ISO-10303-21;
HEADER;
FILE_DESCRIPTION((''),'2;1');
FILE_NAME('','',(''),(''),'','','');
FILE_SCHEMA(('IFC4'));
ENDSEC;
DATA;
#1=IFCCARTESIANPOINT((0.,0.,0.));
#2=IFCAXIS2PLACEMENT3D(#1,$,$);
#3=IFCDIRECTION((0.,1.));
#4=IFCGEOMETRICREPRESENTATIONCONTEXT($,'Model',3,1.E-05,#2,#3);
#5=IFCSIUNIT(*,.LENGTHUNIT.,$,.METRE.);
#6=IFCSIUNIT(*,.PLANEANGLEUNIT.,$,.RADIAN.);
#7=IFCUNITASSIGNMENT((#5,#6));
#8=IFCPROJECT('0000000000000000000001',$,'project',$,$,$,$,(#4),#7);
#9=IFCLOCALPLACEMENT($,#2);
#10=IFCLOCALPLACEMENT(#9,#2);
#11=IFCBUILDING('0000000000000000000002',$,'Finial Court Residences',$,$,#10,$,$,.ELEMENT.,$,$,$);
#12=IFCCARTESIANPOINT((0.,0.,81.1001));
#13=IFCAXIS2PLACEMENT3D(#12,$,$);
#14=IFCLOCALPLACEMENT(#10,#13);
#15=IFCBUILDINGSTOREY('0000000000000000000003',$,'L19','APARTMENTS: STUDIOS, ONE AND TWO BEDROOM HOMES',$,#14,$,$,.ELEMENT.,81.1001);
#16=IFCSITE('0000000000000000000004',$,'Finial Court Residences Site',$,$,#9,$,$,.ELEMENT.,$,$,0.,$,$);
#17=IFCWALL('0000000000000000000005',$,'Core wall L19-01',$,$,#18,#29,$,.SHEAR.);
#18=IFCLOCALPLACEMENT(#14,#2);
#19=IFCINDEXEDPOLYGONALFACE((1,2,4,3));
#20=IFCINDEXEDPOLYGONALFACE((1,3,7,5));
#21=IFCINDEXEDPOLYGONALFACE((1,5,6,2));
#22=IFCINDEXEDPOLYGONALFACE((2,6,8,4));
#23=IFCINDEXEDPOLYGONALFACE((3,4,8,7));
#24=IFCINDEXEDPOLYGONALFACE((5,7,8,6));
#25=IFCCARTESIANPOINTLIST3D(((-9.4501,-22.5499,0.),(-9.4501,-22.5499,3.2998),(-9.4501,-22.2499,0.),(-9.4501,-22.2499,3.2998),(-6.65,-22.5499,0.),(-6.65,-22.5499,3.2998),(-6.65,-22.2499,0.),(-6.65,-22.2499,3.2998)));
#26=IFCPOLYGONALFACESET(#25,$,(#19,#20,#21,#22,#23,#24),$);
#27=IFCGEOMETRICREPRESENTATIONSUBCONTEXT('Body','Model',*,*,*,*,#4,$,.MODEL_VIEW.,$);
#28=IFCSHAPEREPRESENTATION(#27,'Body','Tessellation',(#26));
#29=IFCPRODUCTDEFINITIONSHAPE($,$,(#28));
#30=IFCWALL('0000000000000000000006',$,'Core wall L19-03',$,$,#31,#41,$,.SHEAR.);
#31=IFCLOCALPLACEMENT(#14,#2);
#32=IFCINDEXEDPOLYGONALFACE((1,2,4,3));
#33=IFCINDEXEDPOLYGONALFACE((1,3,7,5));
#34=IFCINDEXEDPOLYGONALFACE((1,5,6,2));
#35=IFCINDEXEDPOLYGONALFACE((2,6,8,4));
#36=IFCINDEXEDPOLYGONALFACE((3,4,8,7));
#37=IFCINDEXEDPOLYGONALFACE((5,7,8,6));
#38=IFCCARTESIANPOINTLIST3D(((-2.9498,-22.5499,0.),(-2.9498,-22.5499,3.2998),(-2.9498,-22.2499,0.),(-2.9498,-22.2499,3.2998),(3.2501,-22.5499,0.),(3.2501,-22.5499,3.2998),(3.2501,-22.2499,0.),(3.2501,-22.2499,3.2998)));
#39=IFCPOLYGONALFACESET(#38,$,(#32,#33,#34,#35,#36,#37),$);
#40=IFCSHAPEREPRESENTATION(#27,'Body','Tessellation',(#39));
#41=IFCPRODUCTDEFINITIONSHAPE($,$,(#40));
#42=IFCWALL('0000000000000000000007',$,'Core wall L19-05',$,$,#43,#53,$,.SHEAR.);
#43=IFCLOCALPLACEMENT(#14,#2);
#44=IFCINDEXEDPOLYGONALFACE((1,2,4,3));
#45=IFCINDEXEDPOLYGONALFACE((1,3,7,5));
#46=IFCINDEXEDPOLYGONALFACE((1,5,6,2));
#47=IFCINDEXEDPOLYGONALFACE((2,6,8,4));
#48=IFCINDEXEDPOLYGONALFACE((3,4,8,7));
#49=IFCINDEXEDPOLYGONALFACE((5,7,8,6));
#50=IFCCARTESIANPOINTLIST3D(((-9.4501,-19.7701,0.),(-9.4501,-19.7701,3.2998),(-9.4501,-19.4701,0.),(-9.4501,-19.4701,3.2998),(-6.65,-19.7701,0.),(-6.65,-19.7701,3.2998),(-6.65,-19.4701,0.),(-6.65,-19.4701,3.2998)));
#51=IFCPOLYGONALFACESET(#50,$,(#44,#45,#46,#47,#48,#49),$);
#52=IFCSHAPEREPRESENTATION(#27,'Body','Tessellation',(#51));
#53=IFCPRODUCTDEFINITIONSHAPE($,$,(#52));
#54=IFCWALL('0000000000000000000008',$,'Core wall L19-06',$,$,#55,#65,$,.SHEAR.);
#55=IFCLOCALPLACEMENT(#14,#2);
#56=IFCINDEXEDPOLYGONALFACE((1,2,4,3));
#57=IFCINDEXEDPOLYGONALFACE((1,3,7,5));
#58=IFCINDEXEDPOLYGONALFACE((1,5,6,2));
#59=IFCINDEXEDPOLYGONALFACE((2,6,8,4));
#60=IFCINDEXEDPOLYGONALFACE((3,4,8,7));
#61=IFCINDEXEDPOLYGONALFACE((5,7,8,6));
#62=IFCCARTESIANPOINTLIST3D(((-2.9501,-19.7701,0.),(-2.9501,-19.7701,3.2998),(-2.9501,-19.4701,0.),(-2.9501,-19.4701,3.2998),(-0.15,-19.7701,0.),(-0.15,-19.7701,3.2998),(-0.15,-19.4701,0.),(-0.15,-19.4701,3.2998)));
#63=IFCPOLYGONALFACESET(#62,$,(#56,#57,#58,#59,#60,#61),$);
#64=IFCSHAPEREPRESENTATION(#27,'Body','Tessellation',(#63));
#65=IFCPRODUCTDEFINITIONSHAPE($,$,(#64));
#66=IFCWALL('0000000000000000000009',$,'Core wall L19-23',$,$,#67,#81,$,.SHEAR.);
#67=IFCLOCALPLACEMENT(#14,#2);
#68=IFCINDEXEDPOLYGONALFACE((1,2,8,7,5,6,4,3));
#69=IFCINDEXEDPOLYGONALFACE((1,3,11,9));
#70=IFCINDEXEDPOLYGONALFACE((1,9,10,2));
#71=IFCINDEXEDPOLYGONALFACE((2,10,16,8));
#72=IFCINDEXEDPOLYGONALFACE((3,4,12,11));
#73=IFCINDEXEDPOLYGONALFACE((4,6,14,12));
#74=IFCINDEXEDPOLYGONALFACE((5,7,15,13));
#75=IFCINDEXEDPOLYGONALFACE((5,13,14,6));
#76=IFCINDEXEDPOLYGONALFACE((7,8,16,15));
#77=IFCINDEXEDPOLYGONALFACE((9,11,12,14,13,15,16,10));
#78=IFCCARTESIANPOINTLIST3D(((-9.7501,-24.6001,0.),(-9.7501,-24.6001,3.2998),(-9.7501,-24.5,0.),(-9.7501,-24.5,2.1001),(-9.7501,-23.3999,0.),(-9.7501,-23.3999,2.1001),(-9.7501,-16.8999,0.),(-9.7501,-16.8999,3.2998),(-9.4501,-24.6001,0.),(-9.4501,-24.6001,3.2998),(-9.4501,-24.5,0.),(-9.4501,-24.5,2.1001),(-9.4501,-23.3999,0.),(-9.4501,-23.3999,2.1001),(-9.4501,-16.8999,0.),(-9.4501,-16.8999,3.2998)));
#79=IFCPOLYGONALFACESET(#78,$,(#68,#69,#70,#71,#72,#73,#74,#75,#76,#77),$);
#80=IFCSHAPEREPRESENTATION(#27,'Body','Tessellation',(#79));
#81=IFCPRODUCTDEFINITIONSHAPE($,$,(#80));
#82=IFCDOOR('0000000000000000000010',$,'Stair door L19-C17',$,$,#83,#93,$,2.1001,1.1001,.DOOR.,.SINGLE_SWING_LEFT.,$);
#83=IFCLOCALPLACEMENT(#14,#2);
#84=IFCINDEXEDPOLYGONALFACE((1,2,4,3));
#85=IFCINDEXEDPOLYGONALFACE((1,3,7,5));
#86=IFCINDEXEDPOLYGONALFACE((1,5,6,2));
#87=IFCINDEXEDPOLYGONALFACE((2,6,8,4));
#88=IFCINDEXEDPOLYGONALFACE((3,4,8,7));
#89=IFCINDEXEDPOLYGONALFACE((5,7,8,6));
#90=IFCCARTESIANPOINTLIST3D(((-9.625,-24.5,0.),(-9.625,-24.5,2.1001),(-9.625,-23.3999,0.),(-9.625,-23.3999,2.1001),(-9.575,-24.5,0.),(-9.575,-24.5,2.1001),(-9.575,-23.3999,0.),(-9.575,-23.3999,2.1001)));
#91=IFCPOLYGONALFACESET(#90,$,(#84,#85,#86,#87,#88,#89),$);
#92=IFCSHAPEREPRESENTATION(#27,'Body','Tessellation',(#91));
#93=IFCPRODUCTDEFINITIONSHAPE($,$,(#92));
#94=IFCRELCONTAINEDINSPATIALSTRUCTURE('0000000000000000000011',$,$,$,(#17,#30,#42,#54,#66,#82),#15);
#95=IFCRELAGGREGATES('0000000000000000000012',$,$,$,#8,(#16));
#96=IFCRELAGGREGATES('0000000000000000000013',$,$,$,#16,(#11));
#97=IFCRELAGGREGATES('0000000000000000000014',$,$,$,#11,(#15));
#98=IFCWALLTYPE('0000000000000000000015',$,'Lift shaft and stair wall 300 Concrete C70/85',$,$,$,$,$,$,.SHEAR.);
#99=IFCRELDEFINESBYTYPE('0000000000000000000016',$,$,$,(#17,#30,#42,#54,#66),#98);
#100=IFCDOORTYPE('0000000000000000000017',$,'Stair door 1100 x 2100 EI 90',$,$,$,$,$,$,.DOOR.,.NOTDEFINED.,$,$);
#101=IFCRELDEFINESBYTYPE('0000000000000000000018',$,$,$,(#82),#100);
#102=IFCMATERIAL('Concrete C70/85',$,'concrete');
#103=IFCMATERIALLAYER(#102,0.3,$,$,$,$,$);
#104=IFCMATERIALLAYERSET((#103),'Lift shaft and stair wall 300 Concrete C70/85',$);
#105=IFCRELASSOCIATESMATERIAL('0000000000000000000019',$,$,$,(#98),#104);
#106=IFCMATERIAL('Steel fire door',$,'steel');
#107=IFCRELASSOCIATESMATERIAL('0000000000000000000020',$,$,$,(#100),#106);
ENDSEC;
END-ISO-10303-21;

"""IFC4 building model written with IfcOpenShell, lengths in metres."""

from ifc_helpers import new_model, si_unit, direction, frame, frame_2d, origin, place, context, subcontext, project, spatial, rectangle, extrude, material, layer, layer_set, type_object, element, fill, save


model = new_model("IFC4")

# Units and contexts
model_context = context("Model", 3, precision=1e-05, world=origin(), true_north=direction((0.0, 1.0)))
body_context = subcontext(model_context, "Body", "Model", "MODEL_VIEW")
ifc_project = project(units=[si_unit("LENGTHUNIT", "METRE"), si_unit("PLANEANGLEUNIT", "RADIAN")], contexts=[model_context])

# Site, building, storey
site_placement = place(None, origin())
site = spatial("IfcSite", under=ifc_project, at=site_placement, Name="Finial Court Residences Site", CompositionType="ELEMENT", RefElevation=0.0)
building_placement = place(site_placement, origin())
building = spatial("IfcBuilding", under=site, at=building_placement, Name="Finial Court Residences", CompositionType="ELEMENT")
storey_placement = place(building_placement, frame((0.0, 0.0, 81.1001)))
storey = spatial("IfcBuildingStorey", under=building, at=storey_placement, Name="L19", Description="APARTMENTS: STUDIOS, ONE AND TWO BEDROOM HOMES", CompositionType="ELEMENT", Elevation=81.1001)

# Walls
ifc_material_1 = material(Name="Concrete C70/85", Category="concrete")
ifc_layer_1 = layer(ifc_material_1, 0.3)
ifc_layer_set_1 = layer_set([ifc_layer_1], Name="Lift shaft and stair wall 300 Concrete C70/85")
wall_type_1 = type_object("IfcWallType", Name="Lift shaft and stair wall 300 Concrete C70/85", PredefinedType="SHEAR", material=ifc_layer_set_1)
wall_1_placement = place(storey_placement, frame((-9.45, -22.3999, 0.0), z_axis=(0.0, 0.0, 1.0), x_axis=(1.0, 0.0, 0.0)))
element("IfcWall", 1, at=wall_1_placement, inside=storey, type_object=wall_type_1, Name="Core wall L19-01", PredefinedType="SHEAR", context=body_context, shape_type="SweptSolid", body=[
    extrude(rectangle(XDim=2.8, YDim=0.3, at=frame_2d((1.3999, 0.0))), origin(), (0.0, 0.0, 1.0), 3.2998),
])
wall_2_placement = place(storey_placement, frame((-2.95, -22.3999, 0.0), z_axis=(0.0, 0.0, 1.0), x_axis=(1.0, 0.0, 0.0)))
element("IfcWall", 2, at=wall_2_placement, inside=storey, type_object=wall_type_1, Name="Core wall L19-03", PredefinedType="SHEAR", context=body_context, shape_type="SweptSolid", body=[
    extrude(rectangle(XDim=6.2, YDim=0.3, at=frame_2d((3.1001, 0.0))), origin(), (0.0, 0.0, 1.0), 3.2998),
])
for number, where, z_axis, x_axis, name in (
    (3, (-9.45, -19.6201, 0.0), (0.0, 0.0, 1.0), (1.0, 0.0, 0.0), "Core wall L19-05"),
    (4, (-2.95, -19.6201, 0.0), (0.0, 0.0, 1.0), (1.0, 0.0, 0.0), "Core wall L19-06"),
):
    element("IfcWall", number, at=place(storey_placement, frame(where, z_axis=z_axis, x_axis=x_axis)), inside=storey, type_object=wall_type_1, Name=name, PredefinedType="SHEAR", context=body_context, shape_type="SweptSolid", body=[
        extrude(rectangle(XDim=2.8, YDim=0.3, at=frame_2d((1.3999, 0.0))), origin(), (0.0, 0.0, 1.0), 3.2998),
    ])

# Wall, opening, door
wall_3_placement = place(storey_placement, frame((-9.6001, -24.6001, 0.0), z_axis=(0.0, 0.0, 1.0), x_axis=(0.0, 1.0, 0.0)))
wall_3 = element("IfcWall", 5, at=wall_3_placement, inside=storey, type_object=wall_type_1, Name="Core wall L19-23", PredefinedType="SHEAR", context=body_context, shape_type="SweptSolid", body=[
    extrude(rectangle(XDim=7.7002, YDim=0.3, at=frame_2d((3.8501, 0.0))), origin(), (0.0, 0.0, 1.0), 3.2998),
])
opening_1_placement = place(wall_3_placement, frame((0.1001, 0.0, 0.0)))
opening_1 = element("IfcOpeningElement", 6, at=opening_1_placement, cuts=wall_3, PredefinedType="OPENING", context=body_context, shape_type="SweptSolid", body=[
    extrude(rectangle(XDim=1.1001, YDim=2.1001, at=frame_2d((0.55, 1.05))), frame((0.0, 0.1599, 0.0), z_axis=(0.0, -1.0, 0.0), x_axis=(1.0, 0.0, 0.0)), (0.0, 0.0, 1.0), 0.3201),
])
ifc_material_2 = material(Name="Steel fire door", Category="steel")
door_type_1 = type_object("IfcDoorType", Name="Stair door 1100 x 2100 EI 90", OperationType="NOTDEFINED", PredefinedType="DOOR", material=ifc_material_2)
door_1_placement = place(opening_1_placement, origin())
door_1 = element("IfcDoor", 7, at=door_1_placement, inside=storey, type_object=door_type_1, Name="Stair door L19-C17", OperationType="SINGLE_SWING_LEFT", OverallHeight=2.1001, OverallWidth=1.1001, PredefinedType="DOOR", context=body_context, shape_type="SweptSolid", body=[
    extrude(rectangle(XDim=1.1001, YDim=2.1001, at=frame_2d((0.55, 1.05))), frame((0.0, 0.0249, 0.0), z_axis=(0.0, -1.0, 0.0), x_axis=(1.0, 0.0, 0.0)), (0.0, 0.0, 1.0), 0.05),
])
fill(opening_1, door_1)

save(model, "model.ifc")
